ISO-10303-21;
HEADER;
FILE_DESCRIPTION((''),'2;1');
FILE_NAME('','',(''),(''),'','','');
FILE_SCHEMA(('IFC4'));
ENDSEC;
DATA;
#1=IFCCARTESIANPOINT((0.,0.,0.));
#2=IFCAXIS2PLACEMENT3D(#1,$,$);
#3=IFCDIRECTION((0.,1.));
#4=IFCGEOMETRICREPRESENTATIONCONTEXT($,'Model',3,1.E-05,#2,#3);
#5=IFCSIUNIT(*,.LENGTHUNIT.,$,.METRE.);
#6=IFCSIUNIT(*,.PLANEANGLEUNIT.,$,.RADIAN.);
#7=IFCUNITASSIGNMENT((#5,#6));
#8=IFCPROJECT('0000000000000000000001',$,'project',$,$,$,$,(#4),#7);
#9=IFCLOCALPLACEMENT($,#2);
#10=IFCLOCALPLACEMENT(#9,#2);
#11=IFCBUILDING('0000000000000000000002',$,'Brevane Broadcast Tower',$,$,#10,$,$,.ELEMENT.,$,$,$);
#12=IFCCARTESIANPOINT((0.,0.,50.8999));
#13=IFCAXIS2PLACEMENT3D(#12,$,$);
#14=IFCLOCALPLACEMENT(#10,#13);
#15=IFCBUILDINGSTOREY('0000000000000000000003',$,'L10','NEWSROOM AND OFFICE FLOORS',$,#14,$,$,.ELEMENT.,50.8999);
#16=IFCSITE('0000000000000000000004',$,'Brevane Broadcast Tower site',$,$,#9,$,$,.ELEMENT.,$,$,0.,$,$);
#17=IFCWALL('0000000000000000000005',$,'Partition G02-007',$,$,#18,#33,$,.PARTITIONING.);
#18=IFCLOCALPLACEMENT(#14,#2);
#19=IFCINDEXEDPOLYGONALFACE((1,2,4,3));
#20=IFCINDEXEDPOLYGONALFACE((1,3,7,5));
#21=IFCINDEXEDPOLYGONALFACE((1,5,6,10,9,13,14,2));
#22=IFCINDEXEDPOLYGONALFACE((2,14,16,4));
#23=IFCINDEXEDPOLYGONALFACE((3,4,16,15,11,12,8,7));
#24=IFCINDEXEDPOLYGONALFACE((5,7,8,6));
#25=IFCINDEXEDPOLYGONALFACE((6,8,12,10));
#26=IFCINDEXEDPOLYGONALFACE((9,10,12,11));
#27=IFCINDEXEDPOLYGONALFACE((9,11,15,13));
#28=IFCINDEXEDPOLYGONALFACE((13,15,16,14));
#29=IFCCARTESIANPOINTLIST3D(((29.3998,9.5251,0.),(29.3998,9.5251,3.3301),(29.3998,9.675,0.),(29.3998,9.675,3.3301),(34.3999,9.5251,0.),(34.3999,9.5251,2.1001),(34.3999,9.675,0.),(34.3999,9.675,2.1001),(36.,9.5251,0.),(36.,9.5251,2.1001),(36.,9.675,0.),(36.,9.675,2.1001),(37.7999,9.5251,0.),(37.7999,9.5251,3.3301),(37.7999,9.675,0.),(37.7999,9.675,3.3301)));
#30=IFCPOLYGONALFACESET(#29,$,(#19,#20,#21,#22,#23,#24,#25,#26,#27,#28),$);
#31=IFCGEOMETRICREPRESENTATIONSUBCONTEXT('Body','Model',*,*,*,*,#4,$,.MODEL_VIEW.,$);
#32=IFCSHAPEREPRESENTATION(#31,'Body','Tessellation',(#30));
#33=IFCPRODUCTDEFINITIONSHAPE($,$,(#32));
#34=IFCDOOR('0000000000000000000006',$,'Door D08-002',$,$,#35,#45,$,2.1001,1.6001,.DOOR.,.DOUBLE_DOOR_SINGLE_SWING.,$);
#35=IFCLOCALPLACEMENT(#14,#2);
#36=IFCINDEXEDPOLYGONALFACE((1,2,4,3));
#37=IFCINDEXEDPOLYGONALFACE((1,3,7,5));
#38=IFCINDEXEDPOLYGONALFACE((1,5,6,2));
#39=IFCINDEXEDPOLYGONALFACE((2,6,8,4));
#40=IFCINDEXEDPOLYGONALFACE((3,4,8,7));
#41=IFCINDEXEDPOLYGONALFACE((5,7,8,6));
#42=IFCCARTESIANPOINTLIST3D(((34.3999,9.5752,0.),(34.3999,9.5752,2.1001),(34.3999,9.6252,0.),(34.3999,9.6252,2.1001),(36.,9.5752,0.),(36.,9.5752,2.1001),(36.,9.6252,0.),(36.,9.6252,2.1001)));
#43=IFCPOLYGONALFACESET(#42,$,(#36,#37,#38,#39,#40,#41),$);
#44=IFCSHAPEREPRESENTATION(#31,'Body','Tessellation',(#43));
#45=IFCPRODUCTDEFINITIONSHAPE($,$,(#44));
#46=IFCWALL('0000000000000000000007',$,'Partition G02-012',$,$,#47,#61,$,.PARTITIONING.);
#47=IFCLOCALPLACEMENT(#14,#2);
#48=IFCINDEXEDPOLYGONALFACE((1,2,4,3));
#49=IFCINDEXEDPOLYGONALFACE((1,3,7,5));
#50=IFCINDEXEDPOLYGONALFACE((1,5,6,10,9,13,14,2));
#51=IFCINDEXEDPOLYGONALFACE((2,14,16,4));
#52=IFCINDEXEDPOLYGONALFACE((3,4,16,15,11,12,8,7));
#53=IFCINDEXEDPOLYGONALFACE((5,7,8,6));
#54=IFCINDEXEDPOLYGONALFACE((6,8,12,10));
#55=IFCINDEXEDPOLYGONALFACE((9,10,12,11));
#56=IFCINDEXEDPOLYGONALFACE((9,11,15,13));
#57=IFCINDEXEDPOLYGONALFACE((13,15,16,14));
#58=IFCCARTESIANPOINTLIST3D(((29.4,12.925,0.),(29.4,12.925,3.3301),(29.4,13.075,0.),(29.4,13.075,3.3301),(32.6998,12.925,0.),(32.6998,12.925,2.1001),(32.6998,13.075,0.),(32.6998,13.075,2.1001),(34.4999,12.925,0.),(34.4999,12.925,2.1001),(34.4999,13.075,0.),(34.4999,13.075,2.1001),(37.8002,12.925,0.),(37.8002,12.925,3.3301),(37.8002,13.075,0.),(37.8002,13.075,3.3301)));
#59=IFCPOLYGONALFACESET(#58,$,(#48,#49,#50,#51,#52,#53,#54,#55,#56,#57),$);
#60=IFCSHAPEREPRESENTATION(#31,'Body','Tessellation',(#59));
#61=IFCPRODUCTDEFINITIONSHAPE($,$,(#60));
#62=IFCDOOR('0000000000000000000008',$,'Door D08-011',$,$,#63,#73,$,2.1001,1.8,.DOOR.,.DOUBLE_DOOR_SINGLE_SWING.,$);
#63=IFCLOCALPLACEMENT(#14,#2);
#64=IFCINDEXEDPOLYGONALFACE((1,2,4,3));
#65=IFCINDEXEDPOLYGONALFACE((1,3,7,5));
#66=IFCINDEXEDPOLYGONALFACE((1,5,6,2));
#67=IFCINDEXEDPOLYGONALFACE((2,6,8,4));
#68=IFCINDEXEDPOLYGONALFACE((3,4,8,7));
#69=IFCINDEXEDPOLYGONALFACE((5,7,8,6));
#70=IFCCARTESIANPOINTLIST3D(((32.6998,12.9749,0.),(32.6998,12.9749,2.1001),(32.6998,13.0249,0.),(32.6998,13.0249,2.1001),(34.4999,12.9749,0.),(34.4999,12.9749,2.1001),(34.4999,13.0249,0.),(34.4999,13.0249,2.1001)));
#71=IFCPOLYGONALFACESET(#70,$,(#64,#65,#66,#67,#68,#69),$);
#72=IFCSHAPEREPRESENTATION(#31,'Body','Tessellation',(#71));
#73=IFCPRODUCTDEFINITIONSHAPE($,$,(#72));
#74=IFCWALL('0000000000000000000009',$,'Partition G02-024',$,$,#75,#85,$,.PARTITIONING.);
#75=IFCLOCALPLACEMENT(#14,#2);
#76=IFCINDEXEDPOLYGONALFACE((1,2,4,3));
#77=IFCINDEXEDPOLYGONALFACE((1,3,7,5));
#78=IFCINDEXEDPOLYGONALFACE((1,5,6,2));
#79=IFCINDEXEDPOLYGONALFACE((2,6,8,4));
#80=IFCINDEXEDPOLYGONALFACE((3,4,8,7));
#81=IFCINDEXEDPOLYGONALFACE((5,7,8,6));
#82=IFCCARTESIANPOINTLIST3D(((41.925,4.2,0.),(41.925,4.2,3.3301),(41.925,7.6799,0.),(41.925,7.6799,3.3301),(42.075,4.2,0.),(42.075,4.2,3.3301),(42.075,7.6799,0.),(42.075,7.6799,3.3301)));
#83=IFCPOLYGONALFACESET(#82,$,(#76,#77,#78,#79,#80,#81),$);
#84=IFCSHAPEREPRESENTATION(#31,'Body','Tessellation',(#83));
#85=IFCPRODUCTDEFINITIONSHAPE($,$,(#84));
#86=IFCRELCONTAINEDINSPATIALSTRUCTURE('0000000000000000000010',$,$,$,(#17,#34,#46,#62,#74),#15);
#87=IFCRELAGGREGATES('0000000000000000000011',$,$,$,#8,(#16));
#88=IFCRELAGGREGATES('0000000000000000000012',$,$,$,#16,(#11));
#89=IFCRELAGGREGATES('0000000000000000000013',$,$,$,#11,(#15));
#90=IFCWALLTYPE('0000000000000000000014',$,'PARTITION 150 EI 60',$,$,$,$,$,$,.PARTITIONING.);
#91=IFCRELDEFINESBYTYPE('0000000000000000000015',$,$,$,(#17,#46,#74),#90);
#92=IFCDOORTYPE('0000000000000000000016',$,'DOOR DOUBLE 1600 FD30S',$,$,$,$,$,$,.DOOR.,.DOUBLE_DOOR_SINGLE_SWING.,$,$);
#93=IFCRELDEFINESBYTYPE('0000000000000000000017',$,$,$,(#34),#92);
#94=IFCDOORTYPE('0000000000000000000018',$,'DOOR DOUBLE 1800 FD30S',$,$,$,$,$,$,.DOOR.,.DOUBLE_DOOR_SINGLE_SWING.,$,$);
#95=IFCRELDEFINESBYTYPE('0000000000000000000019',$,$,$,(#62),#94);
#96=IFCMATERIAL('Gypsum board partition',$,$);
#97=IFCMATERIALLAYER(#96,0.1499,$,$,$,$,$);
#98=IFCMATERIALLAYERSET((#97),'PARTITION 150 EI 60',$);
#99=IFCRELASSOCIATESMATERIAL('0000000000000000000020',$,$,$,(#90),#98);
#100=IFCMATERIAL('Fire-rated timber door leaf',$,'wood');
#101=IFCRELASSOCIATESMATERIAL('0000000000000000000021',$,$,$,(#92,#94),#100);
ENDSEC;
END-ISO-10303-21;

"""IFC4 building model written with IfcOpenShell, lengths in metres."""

from ifc_helpers import new_model, si_unit, direction, frame, frame_2d, origin, place, context, subcontext, project, spatial, rectangle, extrude, material, layer, layer_set, type_object, element, fill, save


model = new_model("IFC4")

# Units and contexts
model_context = context("Model", 3, precision=1e-05, world=origin(), true_north=direction((0.0, 1.0)))
body_context = subcontext(model_context, "Body", "Model", "MODEL_VIEW")
ifc_project = project(units=[si_unit("LENGTHUNIT", "METRE"), si_unit("PLANEANGLEUNIT", "RADIAN")], contexts=[model_context])

# Site, building, storey
site_placement = place(None, origin())
site = spatial("IfcSite", under=ifc_project, at=site_placement, Name="Brevane Broadcast Tower site", CompositionType="ELEMENT", RefElevation=0.0)
building_placement = place(site_placement, origin())
building = spatial("IfcBuilding", under=site, at=building_placement, Name="Brevane Broadcast Tower", CompositionType="ELEMENT")
storey_placement = place(building_placement, frame((0.0, 0.0, 50.8999)))
storey = spatial("IfcBuildingStorey", under=building, at=storey_placement, Name="L10", Description="NEWSROOM AND OFFICE FLOORS", CompositionType="ELEMENT", Elevation=50.8999)

# Shared definitions
ifc_material_1 = material(Name="Gypsum board partition")

# Shared definitions
ifc_layer_1 = layer(ifc_material_1, 0.1499)
ifc_layer_set_1 = layer_set([ifc_layer_1], Name="PARTITION 150 EI 60")
wall_type_1 = type_object("IfcWallType", Name="PARTITION 150 EI 60", PredefinedType="PARTITIONING", material=ifc_layer_set_1)

# Walls, openings, doors
wall_1_placement = place(storey_placement, frame((37.8, 9.6001, 0.0), z_axis=(0.0, 0.0, 1.0), x_axis=(-1.0, 0.0, 0.0)))
wall_1 = element("IfcWall", 1, at=wall_1_placement, inside=storey, type_object=wall_type_1, Name="Partition G02-007", PredefinedType="PARTITIONING", context=body_context, shape_type="SweptSolid", body=[
    extrude(rectangle(XDim=8.4001, YDim=0.1499, at=frame_2d((4.2002, 0.0))), origin(), (0.0, 0.0, 1.0), 3.3301),
])
opening_1_placement = place(wall_1_placement, frame((1.8, 0.0, 0.0)))
opening_1 = element("IfcOpeningElement", 2, at=opening_1_placement, cuts=wall_1, PredefinedType="OPENING", context=body_context, shape_type="SweptSolid", body=[
    extrude(rectangle(XDim=1.6001, YDim=2.1001, at=frame_2d((0.8, 1.05))), frame((0.0, 0.085, 0.0), z_axis=(0.0, -1.0, 0.0), x_axis=(1.0, 0.0, 0.0)), (0.0, 0.0, 1.0), 0.1699),
])
ifc_material_2 = material(Name="Fire-rated timber door leaf", Category="wood")
door_type_1 = type_object("IfcDoorType", Name="DOOR DOUBLE 1600 FD30S", OperationType="DOUBLE_DOOR_SINGLE_SWING", PredefinedType="DOOR", material=ifc_material_2)
door_1_placement = place(opening_1_placement, origin())
door_1 = element("IfcDoor", 3, at=door_1_placement, inside=storey, type_object=door_type_1, Name="Door D08-002", OperationType="DOUBLE_DOOR_SINGLE_SWING", OverallHeight=2.1001, OverallWidth=1.6001, PredefinedType="DOOR", context=body_context, shape_type="SweptSolid", body=[
    extrude(rectangle(XDim=1.6001, YDim=2.1001, at=frame_2d((0.8, 1.05))), frame((0.0, 0.0249, 0.0), z_axis=(0.0, -1.0, 0.0), x_axis=(1.0, 0.0, 0.0)), (0.0, 0.0, 1.0), 0.05),
])
fill(opening_1, door_1)
wall_2_placement = place(storey_placement, frame((29.3999, 13.0, 0.0), z_axis=(0.0, 0.0, 1.0), x_axis=(1.0, 0.0, 0.0)))
wall_2 = element("IfcWall", 4, at=wall_2_placement, inside=storey, type_object=wall_type_1, Name="Partition G02-012", PredefinedType="PARTITIONING", context=body_context, shape_type="SweptSolid", body=[
    extrude(rectangle(XDim=8.4001, YDim=0.1499, at=frame_2d((4.2002, 0.0))), origin(), (0.0, 0.0, 1.0), 3.3301),
])
opening_2_placement = place(wall_2_placement, frame((3.3, 0.0, 0.0)))
opening_2 = element("IfcOpeningElement", 5, at=opening_2_placement, cuts=wall_2, PredefinedType="OPENING", context=body_context, shape_type="SweptSolid", body=[
    extrude(rectangle(XDim=1.8, YDim=2.1001, at=frame_2d((0.8999, 1.05))), frame((0.0, 0.085, 0.0), z_axis=(0.0, -1.0, 0.0), x_axis=(1.0, 0.0, 0.0)), (0.0, 0.0, 1.0), 0.1699),
])
door_type_2 = type_object("IfcDoorType", Name="DOOR DOUBLE 1800 FD30S", OperationType="DOUBLE_DOOR_SINGLE_SWING", PredefinedType="DOOR", material=ifc_material_2)
door_2_placement = place(opening_2_placement, origin())
door_2 = element("IfcDoor", 6, at=door_2_placement, inside=storey, type_object=door_type_2, Name="Door D08-011", OperationType="DOUBLE_DOOR_SINGLE_SWING", OverallHeight=2.1001, OverallWidth=1.8, PredefinedType="DOOR", context=body_context, shape_type="SweptSolid", body=[
    extrude(rectangle(XDim=1.8, YDim=2.1001, at=frame_2d((0.8999, 1.05))), frame((0.0, 0.0249, 0.0), z_axis=(0.0, -1.0, 0.0), x_axis=(1.0, 0.0, 0.0)), (0.0, 0.0, 1.0), 0.05),
])
fill(opening_2, door_2)

# Wall
wall_3_placement = place(storey_placement, frame((42.0, 7.6799, 0.0), z_axis=(0.0, 0.0, 1.0), x_axis=(0.0, -1.0, 0.0)))
element("IfcWall", 7, at=wall_3_placement, inside=storey, type_object=wall_type_1, Name="Partition G02-024", PredefinedType="PARTITIONING", context=body_context, shape_type="SweptSolid", body=[
    extrude(rectangle(XDim=3.48, YDim=0.1499, at=frame_2d((1.74, 0.0))), origin(), (0.0, 0.0, 1.0), 3.3301),
])

save(model, "model.ifc")
